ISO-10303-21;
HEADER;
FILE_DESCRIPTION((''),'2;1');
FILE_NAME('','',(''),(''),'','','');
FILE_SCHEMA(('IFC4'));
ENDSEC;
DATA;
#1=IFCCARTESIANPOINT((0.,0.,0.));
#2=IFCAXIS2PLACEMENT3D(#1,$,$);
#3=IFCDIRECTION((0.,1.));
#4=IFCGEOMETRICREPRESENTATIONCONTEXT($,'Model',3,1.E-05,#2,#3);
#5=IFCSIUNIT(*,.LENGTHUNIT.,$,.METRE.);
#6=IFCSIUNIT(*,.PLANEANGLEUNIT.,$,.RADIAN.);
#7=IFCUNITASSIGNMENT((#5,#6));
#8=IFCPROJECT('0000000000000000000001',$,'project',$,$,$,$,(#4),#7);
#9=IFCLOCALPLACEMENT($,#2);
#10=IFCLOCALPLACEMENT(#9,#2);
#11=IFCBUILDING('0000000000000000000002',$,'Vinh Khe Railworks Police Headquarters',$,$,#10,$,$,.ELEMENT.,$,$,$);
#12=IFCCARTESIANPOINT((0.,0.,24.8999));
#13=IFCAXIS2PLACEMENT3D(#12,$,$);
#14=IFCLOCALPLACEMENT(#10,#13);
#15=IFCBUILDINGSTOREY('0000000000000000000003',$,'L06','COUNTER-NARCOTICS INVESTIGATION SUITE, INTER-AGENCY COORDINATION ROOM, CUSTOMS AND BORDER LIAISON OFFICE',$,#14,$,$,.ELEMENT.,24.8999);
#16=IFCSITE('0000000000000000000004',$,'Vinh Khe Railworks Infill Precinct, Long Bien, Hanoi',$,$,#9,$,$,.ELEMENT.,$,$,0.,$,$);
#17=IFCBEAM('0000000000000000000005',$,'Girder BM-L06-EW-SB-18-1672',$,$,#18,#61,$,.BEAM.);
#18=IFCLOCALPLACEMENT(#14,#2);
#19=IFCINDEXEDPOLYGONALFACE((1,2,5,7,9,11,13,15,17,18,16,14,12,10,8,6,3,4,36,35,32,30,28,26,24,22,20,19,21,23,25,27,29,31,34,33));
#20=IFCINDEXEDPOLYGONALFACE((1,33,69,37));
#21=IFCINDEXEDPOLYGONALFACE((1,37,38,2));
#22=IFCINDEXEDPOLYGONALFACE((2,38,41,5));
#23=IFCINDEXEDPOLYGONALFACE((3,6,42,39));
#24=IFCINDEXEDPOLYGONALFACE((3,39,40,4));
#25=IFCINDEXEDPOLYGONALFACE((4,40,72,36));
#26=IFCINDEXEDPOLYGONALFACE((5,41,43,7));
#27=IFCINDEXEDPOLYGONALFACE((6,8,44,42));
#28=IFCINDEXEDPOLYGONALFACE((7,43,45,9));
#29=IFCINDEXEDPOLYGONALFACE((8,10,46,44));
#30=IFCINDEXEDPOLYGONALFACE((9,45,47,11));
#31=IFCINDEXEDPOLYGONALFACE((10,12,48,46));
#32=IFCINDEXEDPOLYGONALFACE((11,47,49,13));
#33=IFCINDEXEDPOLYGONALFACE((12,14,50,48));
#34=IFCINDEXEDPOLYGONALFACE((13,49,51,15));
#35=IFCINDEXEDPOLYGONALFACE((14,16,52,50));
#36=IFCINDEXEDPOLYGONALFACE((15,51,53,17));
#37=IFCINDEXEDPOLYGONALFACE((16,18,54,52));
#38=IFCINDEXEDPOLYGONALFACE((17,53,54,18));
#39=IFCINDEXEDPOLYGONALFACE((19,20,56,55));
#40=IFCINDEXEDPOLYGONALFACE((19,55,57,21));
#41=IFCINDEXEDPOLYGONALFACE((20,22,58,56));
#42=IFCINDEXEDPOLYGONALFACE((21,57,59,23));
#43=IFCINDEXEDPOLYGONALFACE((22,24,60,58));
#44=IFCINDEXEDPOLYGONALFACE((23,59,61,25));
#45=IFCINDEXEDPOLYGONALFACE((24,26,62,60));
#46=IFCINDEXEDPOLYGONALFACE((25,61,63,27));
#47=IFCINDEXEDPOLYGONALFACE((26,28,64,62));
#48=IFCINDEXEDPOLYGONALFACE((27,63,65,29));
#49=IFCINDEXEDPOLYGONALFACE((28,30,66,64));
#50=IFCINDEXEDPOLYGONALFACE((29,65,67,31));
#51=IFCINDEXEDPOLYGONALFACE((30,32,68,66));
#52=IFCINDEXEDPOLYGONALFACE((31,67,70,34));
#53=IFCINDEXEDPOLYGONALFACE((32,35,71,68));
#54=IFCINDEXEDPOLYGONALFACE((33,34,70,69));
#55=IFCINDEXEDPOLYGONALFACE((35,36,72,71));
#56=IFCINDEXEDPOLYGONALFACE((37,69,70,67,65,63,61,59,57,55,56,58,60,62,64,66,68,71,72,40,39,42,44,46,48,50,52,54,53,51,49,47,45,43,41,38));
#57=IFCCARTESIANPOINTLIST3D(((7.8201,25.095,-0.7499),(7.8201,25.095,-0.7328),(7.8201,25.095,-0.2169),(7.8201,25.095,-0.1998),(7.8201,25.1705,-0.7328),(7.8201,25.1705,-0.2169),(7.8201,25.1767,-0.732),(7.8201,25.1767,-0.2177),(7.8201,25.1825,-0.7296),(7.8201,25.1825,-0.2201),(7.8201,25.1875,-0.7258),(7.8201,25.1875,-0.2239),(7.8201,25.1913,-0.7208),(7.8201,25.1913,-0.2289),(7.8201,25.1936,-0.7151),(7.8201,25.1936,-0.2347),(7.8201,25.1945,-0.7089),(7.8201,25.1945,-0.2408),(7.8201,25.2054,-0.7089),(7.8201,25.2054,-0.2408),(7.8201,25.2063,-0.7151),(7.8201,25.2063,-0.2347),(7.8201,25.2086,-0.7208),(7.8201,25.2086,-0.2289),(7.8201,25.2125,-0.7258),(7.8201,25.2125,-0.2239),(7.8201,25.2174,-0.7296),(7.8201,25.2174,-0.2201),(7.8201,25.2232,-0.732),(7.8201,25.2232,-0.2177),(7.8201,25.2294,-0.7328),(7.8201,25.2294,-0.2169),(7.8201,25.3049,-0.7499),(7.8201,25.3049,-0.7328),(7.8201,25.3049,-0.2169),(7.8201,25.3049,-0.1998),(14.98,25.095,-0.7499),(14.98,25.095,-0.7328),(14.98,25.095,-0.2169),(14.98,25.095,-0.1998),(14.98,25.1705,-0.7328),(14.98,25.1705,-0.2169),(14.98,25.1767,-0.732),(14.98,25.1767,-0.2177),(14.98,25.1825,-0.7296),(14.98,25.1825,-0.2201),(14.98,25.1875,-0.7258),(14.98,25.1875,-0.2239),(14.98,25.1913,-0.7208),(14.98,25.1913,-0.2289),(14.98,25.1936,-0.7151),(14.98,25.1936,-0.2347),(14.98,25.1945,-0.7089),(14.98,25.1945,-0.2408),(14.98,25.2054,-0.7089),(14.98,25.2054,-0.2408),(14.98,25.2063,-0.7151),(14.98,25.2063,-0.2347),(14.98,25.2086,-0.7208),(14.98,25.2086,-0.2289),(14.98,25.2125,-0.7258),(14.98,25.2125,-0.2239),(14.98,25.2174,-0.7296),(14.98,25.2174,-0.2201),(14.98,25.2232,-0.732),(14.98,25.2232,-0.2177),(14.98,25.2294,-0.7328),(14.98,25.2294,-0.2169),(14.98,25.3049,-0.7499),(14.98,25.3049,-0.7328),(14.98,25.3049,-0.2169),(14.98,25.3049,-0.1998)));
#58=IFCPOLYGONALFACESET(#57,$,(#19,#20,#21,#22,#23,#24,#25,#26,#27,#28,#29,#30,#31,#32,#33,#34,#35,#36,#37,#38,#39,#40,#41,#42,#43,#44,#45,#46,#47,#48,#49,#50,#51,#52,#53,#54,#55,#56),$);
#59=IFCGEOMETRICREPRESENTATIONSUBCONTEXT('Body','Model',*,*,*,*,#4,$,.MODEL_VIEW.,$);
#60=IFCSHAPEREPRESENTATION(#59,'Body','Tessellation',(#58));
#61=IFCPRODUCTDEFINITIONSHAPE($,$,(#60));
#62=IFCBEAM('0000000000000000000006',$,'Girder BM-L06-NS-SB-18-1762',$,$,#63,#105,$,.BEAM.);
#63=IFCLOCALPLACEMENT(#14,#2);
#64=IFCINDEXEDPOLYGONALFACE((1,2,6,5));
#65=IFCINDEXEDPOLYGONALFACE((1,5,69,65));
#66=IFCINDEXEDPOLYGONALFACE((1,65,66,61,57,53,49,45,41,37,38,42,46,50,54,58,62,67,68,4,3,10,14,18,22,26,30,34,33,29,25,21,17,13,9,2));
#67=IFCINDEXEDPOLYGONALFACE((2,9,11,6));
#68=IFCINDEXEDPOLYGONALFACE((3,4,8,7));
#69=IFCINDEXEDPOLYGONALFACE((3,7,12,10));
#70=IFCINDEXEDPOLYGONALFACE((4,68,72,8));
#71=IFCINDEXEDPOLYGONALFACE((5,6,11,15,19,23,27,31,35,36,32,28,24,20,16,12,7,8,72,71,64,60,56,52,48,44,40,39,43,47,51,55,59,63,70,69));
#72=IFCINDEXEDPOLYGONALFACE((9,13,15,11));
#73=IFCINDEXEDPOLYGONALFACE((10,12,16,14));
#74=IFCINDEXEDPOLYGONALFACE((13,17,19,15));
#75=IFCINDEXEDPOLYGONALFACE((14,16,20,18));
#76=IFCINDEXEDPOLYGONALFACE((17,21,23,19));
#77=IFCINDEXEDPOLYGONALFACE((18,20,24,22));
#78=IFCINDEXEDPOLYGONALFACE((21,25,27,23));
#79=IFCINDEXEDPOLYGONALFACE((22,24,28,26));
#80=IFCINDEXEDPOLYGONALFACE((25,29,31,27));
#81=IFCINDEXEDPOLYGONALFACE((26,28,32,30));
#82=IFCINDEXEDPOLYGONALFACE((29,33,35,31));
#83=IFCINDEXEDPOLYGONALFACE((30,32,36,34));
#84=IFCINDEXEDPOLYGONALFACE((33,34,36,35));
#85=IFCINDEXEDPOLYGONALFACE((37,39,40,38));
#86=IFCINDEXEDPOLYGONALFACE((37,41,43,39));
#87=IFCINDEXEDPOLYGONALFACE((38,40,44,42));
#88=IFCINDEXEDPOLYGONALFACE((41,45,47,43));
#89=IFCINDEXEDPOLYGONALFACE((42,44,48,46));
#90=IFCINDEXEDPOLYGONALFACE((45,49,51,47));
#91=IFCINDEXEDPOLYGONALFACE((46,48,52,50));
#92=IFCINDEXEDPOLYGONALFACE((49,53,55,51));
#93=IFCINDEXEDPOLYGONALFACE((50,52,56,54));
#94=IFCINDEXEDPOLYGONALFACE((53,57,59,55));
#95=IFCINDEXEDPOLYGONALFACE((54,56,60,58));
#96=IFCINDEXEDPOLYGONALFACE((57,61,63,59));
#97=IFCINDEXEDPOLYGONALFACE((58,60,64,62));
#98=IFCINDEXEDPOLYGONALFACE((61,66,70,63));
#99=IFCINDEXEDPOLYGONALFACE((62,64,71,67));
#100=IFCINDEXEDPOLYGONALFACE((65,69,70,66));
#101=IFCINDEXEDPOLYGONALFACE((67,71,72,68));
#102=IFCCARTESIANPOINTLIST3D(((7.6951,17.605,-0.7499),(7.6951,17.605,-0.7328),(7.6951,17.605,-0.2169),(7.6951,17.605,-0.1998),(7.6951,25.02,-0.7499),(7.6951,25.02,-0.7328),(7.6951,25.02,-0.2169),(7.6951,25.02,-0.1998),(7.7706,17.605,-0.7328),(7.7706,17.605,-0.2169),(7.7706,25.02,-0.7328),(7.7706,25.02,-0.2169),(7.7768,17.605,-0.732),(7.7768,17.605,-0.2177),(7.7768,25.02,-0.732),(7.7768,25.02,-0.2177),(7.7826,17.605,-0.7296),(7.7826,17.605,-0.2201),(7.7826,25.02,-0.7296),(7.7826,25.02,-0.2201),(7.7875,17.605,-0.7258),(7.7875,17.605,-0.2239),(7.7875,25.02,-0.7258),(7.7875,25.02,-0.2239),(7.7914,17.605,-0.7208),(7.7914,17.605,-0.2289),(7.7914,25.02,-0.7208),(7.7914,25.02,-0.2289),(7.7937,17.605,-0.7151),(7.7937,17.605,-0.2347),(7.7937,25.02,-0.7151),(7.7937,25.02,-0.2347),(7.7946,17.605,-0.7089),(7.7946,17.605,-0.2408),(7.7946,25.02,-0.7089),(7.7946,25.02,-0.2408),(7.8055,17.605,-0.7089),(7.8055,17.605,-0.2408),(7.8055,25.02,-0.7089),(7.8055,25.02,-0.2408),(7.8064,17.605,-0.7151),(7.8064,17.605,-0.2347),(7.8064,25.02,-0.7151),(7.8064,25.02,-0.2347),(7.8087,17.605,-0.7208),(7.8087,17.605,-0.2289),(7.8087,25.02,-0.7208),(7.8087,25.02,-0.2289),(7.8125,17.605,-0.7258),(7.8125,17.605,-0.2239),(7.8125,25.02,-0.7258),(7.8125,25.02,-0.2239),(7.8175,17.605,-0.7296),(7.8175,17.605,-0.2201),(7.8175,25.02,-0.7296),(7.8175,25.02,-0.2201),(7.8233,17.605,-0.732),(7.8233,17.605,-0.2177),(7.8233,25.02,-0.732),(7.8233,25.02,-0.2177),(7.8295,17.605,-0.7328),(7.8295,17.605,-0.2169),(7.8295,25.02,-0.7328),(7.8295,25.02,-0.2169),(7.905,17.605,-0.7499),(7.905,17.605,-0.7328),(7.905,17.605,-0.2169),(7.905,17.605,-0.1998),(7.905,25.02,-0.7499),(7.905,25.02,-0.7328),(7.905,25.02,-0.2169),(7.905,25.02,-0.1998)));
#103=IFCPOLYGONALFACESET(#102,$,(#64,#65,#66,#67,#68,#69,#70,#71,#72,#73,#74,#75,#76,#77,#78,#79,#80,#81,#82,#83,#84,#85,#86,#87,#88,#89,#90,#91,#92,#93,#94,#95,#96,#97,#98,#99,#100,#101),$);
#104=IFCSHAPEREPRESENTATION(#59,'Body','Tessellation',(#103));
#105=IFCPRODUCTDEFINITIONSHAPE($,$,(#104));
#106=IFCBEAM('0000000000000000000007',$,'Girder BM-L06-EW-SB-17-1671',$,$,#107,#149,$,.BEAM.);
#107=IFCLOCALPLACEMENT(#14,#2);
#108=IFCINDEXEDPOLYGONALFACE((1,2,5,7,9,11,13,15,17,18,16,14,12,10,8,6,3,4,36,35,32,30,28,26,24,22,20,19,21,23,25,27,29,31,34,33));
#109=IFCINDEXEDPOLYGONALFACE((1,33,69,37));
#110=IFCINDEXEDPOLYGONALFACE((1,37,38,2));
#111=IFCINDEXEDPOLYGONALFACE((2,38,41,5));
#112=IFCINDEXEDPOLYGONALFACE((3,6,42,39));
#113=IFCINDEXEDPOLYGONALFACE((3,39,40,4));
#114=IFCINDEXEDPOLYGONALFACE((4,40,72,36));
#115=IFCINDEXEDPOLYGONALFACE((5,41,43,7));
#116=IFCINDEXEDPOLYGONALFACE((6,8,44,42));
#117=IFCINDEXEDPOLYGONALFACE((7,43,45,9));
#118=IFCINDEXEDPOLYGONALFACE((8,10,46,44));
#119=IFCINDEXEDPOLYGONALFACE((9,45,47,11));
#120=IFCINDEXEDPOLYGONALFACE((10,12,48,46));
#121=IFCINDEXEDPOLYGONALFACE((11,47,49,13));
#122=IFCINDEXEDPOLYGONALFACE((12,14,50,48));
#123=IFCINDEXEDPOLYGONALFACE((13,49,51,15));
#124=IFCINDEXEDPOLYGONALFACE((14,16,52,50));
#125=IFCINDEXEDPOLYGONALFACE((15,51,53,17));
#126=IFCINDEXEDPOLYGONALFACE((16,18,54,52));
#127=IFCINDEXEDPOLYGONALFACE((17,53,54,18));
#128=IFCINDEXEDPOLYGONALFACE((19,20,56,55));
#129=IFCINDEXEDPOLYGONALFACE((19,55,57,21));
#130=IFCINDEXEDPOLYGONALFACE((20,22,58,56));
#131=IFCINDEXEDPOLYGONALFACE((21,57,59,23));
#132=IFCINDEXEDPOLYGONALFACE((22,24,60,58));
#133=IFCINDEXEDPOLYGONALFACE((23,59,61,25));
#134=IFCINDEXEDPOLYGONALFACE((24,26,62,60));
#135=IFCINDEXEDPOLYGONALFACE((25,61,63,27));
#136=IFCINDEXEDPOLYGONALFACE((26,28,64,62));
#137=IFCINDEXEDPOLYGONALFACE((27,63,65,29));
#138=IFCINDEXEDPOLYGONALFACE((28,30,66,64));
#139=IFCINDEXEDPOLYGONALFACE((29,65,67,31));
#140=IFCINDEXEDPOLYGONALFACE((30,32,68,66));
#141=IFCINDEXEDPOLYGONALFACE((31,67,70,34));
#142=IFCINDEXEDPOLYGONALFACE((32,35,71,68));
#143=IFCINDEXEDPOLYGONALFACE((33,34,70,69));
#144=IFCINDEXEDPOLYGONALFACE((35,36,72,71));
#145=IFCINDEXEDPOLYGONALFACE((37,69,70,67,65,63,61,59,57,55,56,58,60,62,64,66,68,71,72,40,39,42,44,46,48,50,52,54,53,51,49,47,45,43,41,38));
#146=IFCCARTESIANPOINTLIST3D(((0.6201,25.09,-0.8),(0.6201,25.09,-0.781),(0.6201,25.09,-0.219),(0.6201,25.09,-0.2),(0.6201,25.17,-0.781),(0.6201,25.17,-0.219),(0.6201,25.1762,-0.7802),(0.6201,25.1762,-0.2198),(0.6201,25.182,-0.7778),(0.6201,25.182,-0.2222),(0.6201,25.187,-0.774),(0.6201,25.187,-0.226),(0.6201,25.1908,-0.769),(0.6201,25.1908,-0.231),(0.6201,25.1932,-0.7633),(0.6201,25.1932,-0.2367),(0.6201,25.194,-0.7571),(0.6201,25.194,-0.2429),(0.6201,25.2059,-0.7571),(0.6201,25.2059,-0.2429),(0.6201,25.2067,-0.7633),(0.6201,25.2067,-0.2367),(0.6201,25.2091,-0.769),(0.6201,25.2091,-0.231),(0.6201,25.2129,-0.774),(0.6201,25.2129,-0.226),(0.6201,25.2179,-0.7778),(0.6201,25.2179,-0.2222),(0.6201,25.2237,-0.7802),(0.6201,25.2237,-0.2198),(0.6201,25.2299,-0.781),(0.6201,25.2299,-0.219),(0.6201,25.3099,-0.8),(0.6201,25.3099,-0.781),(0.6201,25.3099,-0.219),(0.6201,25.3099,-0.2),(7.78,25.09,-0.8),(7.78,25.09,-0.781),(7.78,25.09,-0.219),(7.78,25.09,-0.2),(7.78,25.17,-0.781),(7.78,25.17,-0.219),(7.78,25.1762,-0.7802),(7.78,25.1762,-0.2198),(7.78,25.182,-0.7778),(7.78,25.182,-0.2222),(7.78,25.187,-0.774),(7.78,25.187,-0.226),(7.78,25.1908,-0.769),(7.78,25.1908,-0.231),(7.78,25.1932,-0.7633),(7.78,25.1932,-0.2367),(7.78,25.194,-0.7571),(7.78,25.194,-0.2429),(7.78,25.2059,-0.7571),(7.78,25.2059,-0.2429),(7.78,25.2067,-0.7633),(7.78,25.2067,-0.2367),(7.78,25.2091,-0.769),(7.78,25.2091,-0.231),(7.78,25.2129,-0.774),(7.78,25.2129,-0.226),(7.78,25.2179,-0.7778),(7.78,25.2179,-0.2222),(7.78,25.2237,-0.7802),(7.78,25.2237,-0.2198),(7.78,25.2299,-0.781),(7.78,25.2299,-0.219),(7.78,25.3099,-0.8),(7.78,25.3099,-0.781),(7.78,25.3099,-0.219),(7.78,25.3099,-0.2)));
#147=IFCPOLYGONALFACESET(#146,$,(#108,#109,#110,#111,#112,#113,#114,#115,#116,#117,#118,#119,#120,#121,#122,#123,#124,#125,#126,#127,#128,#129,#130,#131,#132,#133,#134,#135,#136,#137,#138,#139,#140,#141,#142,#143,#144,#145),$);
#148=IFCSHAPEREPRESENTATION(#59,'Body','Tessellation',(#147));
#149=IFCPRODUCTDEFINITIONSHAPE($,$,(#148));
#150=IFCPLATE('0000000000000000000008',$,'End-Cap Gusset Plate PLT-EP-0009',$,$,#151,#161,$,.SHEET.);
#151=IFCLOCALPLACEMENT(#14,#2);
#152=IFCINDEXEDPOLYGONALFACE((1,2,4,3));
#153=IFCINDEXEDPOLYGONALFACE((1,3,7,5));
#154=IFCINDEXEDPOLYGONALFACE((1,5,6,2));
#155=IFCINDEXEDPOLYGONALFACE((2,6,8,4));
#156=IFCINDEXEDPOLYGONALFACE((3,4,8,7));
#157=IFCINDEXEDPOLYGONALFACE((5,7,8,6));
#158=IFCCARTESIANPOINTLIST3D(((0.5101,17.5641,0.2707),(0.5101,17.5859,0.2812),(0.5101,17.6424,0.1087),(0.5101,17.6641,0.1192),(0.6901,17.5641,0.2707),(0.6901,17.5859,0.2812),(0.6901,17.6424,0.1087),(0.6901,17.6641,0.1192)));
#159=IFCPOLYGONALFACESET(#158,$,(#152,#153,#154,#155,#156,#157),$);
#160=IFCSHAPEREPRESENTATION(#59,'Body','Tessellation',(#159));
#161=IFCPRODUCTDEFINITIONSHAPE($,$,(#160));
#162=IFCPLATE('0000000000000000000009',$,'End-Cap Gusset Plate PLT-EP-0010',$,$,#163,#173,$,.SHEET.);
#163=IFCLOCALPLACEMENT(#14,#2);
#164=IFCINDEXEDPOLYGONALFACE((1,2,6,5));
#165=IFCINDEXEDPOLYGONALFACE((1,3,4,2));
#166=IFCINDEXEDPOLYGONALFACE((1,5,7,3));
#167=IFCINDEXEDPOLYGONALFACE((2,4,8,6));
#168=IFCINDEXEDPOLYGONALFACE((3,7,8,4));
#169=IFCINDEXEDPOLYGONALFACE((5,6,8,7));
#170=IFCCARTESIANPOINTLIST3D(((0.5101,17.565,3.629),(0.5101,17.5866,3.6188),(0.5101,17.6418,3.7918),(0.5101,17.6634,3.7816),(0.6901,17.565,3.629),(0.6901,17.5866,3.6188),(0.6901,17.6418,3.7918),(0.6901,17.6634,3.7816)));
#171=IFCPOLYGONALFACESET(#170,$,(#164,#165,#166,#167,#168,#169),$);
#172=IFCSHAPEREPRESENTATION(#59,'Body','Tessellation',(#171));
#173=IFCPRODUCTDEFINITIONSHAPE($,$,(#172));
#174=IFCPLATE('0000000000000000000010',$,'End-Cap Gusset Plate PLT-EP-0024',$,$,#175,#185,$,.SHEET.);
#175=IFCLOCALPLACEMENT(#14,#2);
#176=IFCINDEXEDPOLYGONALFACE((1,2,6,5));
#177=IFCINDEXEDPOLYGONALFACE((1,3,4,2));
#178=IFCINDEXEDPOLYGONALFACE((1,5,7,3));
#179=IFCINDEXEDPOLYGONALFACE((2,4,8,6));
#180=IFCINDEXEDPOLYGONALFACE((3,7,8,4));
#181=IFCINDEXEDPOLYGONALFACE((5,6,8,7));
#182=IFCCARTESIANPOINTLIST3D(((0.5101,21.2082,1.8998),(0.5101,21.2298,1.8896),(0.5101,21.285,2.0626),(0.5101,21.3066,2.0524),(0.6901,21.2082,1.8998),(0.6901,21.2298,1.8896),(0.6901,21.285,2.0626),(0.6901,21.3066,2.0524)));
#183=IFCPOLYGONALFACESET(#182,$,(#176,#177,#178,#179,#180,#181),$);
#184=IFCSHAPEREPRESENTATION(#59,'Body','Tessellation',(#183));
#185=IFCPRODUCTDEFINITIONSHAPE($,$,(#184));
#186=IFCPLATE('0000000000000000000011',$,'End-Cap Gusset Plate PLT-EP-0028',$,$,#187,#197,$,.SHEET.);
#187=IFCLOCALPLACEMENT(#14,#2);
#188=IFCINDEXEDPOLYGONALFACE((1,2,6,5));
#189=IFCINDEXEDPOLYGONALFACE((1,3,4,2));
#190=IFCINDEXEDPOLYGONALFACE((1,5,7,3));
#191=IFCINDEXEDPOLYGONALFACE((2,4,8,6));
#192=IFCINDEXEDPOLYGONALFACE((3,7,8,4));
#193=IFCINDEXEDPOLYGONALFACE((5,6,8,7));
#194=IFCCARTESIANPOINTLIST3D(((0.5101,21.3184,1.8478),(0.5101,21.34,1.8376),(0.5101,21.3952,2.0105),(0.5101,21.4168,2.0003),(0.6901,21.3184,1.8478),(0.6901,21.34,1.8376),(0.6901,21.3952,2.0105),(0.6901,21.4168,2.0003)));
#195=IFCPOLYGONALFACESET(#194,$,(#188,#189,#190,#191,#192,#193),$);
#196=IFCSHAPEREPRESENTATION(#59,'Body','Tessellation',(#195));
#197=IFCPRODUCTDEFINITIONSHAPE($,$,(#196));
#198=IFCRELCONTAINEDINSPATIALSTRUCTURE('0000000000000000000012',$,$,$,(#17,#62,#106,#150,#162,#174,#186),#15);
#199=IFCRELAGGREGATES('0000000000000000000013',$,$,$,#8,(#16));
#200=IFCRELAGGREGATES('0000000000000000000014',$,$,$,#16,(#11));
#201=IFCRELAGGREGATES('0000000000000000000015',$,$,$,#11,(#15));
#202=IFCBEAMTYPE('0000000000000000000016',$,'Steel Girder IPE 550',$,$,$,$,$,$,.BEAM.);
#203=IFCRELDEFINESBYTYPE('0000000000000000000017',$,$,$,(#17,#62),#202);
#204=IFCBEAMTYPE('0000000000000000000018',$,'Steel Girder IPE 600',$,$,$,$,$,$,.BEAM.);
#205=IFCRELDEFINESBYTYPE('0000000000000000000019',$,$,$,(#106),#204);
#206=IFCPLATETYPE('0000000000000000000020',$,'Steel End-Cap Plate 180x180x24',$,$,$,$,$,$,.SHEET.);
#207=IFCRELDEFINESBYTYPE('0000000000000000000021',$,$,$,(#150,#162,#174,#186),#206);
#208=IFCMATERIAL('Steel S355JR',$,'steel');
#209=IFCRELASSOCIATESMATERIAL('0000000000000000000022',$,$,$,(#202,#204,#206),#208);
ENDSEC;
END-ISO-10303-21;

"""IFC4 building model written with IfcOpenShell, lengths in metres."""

from ifc_helpers import new_model, si_unit, direction, frame, origin, origin_2d, place, context, subcontext, project, spatial, rectangle, i_section, extrude, material, material_profile, profile_set, type_object, element, save


model = new_model("IFC4")

# Units and contexts
model_context = context("Model", 3, precision=1e-05, world=origin(), true_north=direction((0.0, 1.0)))
body_context = subcontext(model_context, "Body", "Model", "MODEL_VIEW")
ifc_project = project(units=[si_unit("LENGTHUNIT", "METRE"), si_unit("PLANEANGLEUNIT", "RADIAN")], contexts=[model_context])

# Site, building, storey
site_placement = place(None, origin())
site = spatial("IfcSite", under=ifc_project, at=site_placement, Name="Vinh Khe Railworks Infill Precinct, Long Bien, Hanoi", CompositionType="ELEMENT", RefElevation=0.0)
building_placement = place(site_placement, origin())
building = spatial("IfcBuilding", under=site, at=building_placement, Name="Vinh Khe Railworks Police Headquarters", CompositionType="ELEMENT")
storey_placement = place(building_placement, frame((0.0, 0.0, 24.8999)))
storey = spatial("IfcBuildingStorey", under=building, at=storey_placement, Name="L06", Description="COUNTER-NARCOTICS INVESTIGATION SUITE, INTER-AGENCY COORDINATION ROOM, CUSTOMS AND BORDER LIAISON OFFICE", CompositionType="ELEMENT", Elevation=24.8999)

# Shared definitions
ifc_material_1 = material(Name="Steel S355JR", Category="steel")

# Beams
ifc_material_profile_1 = material_profile(ifc_material_1, i_section(OverallWidth=0.21, OverallDepth=0.55, WebThickness=0.011, FlangeThickness=0.0171, FilletRadius=0.0239, at=origin_2d()), Name="IPE 550")
ifc_profile_set_1 = profile_set([ifc_material_profile_1], Name="Steel S355JR")
beam_type_1 = type_object("IfcBeamType", Name="Steel Girder IPE 550", PredefinedType="BEAM", material=ifc_profile_set_1)
beam_1_placement = place(storey_placement, frame((7.8201, 25.2, -0.4749), z_axis=(1.0, 0.0, 0.0), x_axis=(0.0, 1.0, 0.0)))
element("IfcBeam", 1, at=beam_1_placement, inside=storey, type_object=beam_type_1, Name="Girder BM-L06-EW-SB-18-1672", PredefinedType="BEAM", context=body_context, shape_type="SweptSolid", body=[
    extrude(i_section(OverallWidth=0.21, OverallDepth=0.55, WebThickness=0.011, FlangeThickness=0.0171, FilletRadius=0.0239, at=origin_2d()), origin(), (0.0, 0.0, 1.0), 7.1599),
])
beam_2_placement = place(storey_placement, frame((7.8, 17.605, -0.4749), z_axis=(0.0, 1.0, 0.0), x_axis=(-1.0, 0.0, 0.0)))
element("IfcBeam", 2, at=beam_2_placement, inside=storey, type_object=beam_type_1, Name="Girder BM-L06-NS-SB-18-1762", PredefinedType="BEAM", context=body_context, shape_type="SweptSolid", body=[
    extrude(i_section(OverallWidth=0.21, OverallDepth=0.55, WebThickness=0.011, FlangeThickness=0.0171, FilletRadius=0.0239, at=origin_2d()), origin(), (0.0, 0.0, 1.0), 7.415),
])
ifc_material_profile_2 = material_profile(ifc_material_1, i_section(OverallWidth=0.22, OverallDepth=0.6001, WebThickness=0.012, FlangeThickness=0.019, FilletRadius=0.0239, at=origin_2d()), Name="IPE 600")
ifc_profile_set_2 = profile_set([ifc_material_profile_2], Name="Steel S355JR")
beam_type_2 = type_object("IfcBeamType", Name="Steel Girder IPE 600", PredefinedType="BEAM", material=ifc_profile_set_2)
beam_3_placement = place(storey_placement, frame((0.6201, 25.2, -0.5), z_axis=(1.0, 0.0, 0.0), x_axis=(0.0, 1.0, 0.0)))
element("IfcBeam", 3, at=beam_3_placement, inside=storey, type_object=beam_type_2, Name="Girder BM-L06-EW-SB-17-1671", PredefinedType="BEAM", context=body_context, shape_type="SweptSolid", body=[
    extrude(i_section(OverallWidth=0.22, OverallDepth=0.6001, WebThickness=0.012, FlangeThickness=0.019, FilletRadius=0.0239, at=origin_2d()), origin(), (0.0, 0.0, 1.0), 7.1599),
])

# Plates
ifc_material_profile_3 = material_profile(ifc_material_1, rectangle(XDim=0.1799, YDim=0.1799, at=origin_2d()), Name="PL 180x180")
ifc_profile_set_3 = profile_set([ifc_material_profile_3], Name="Steel S355JR")
plate_type = type_object("IfcPlateType", Name="Steel End-Cap Plate 180x180x24", PredefinedType="SHEET", material=ifc_profile_set_3)
plate_1_placement = place(storey_placement, frame((0.6001, 17.625, 0.2002), z_axis=(0.0, -0.900415, -0.435032), x_axis=(1.0, 0.0, 0.0)))
element("IfcPlate", 4, at=plate_1_placement, inside=storey, type_object=plate_type, Name="End-Cap Gusset Plate PLT-EP-0009", PredefinedType="SHEET", context=body_context, shape_type="SweptSolid", body=[
    extrude(rectangle(XDim=0.1799, YDim=0.1799, at=origin_2d()), origin(), (0.0, 0.0, 1.0), 0.0242),
])
for number, where, z_axis, x_axis, name in (
    (5, (0.6001, 17.625, 3.7002), (0.0, -0.904358, 0.426775), (1.0, 0.0, 0.0), "End-Cap Gusset Plate PLT-EP-0010"),
    (6, (0.6001, 21.2466, 1.9812), (0.0, 0.904358, -0.426775), (-1.0, 0.0, 0.0), "End-Cap Gusset Plate PLT-EP-0024"),
    (7, (0.6001, 21.3784, 1.9189), (0.0, -0.904358, 0.426775), (1.0, 0.0, 0.0), "End-Cap Gusset Plate PLT-EP-0028"),
):
    element("IfcPlate", number, at=place(storey_placement, frame(where, z_axis=z_axis, x_axis=x_axis)), inside=storey, type_object=plate_type, Name=name, PredefinedType="SHEET", context=body_context, shape_type="SweptSolid", body=[
        extrude(rectangle(XDim=0.1799, YDim=0.1799, at=origin_2d()), origin(), (0.0, 0.0, 1.0), 0.0239),
    ])

save(model, "model.ifc")
